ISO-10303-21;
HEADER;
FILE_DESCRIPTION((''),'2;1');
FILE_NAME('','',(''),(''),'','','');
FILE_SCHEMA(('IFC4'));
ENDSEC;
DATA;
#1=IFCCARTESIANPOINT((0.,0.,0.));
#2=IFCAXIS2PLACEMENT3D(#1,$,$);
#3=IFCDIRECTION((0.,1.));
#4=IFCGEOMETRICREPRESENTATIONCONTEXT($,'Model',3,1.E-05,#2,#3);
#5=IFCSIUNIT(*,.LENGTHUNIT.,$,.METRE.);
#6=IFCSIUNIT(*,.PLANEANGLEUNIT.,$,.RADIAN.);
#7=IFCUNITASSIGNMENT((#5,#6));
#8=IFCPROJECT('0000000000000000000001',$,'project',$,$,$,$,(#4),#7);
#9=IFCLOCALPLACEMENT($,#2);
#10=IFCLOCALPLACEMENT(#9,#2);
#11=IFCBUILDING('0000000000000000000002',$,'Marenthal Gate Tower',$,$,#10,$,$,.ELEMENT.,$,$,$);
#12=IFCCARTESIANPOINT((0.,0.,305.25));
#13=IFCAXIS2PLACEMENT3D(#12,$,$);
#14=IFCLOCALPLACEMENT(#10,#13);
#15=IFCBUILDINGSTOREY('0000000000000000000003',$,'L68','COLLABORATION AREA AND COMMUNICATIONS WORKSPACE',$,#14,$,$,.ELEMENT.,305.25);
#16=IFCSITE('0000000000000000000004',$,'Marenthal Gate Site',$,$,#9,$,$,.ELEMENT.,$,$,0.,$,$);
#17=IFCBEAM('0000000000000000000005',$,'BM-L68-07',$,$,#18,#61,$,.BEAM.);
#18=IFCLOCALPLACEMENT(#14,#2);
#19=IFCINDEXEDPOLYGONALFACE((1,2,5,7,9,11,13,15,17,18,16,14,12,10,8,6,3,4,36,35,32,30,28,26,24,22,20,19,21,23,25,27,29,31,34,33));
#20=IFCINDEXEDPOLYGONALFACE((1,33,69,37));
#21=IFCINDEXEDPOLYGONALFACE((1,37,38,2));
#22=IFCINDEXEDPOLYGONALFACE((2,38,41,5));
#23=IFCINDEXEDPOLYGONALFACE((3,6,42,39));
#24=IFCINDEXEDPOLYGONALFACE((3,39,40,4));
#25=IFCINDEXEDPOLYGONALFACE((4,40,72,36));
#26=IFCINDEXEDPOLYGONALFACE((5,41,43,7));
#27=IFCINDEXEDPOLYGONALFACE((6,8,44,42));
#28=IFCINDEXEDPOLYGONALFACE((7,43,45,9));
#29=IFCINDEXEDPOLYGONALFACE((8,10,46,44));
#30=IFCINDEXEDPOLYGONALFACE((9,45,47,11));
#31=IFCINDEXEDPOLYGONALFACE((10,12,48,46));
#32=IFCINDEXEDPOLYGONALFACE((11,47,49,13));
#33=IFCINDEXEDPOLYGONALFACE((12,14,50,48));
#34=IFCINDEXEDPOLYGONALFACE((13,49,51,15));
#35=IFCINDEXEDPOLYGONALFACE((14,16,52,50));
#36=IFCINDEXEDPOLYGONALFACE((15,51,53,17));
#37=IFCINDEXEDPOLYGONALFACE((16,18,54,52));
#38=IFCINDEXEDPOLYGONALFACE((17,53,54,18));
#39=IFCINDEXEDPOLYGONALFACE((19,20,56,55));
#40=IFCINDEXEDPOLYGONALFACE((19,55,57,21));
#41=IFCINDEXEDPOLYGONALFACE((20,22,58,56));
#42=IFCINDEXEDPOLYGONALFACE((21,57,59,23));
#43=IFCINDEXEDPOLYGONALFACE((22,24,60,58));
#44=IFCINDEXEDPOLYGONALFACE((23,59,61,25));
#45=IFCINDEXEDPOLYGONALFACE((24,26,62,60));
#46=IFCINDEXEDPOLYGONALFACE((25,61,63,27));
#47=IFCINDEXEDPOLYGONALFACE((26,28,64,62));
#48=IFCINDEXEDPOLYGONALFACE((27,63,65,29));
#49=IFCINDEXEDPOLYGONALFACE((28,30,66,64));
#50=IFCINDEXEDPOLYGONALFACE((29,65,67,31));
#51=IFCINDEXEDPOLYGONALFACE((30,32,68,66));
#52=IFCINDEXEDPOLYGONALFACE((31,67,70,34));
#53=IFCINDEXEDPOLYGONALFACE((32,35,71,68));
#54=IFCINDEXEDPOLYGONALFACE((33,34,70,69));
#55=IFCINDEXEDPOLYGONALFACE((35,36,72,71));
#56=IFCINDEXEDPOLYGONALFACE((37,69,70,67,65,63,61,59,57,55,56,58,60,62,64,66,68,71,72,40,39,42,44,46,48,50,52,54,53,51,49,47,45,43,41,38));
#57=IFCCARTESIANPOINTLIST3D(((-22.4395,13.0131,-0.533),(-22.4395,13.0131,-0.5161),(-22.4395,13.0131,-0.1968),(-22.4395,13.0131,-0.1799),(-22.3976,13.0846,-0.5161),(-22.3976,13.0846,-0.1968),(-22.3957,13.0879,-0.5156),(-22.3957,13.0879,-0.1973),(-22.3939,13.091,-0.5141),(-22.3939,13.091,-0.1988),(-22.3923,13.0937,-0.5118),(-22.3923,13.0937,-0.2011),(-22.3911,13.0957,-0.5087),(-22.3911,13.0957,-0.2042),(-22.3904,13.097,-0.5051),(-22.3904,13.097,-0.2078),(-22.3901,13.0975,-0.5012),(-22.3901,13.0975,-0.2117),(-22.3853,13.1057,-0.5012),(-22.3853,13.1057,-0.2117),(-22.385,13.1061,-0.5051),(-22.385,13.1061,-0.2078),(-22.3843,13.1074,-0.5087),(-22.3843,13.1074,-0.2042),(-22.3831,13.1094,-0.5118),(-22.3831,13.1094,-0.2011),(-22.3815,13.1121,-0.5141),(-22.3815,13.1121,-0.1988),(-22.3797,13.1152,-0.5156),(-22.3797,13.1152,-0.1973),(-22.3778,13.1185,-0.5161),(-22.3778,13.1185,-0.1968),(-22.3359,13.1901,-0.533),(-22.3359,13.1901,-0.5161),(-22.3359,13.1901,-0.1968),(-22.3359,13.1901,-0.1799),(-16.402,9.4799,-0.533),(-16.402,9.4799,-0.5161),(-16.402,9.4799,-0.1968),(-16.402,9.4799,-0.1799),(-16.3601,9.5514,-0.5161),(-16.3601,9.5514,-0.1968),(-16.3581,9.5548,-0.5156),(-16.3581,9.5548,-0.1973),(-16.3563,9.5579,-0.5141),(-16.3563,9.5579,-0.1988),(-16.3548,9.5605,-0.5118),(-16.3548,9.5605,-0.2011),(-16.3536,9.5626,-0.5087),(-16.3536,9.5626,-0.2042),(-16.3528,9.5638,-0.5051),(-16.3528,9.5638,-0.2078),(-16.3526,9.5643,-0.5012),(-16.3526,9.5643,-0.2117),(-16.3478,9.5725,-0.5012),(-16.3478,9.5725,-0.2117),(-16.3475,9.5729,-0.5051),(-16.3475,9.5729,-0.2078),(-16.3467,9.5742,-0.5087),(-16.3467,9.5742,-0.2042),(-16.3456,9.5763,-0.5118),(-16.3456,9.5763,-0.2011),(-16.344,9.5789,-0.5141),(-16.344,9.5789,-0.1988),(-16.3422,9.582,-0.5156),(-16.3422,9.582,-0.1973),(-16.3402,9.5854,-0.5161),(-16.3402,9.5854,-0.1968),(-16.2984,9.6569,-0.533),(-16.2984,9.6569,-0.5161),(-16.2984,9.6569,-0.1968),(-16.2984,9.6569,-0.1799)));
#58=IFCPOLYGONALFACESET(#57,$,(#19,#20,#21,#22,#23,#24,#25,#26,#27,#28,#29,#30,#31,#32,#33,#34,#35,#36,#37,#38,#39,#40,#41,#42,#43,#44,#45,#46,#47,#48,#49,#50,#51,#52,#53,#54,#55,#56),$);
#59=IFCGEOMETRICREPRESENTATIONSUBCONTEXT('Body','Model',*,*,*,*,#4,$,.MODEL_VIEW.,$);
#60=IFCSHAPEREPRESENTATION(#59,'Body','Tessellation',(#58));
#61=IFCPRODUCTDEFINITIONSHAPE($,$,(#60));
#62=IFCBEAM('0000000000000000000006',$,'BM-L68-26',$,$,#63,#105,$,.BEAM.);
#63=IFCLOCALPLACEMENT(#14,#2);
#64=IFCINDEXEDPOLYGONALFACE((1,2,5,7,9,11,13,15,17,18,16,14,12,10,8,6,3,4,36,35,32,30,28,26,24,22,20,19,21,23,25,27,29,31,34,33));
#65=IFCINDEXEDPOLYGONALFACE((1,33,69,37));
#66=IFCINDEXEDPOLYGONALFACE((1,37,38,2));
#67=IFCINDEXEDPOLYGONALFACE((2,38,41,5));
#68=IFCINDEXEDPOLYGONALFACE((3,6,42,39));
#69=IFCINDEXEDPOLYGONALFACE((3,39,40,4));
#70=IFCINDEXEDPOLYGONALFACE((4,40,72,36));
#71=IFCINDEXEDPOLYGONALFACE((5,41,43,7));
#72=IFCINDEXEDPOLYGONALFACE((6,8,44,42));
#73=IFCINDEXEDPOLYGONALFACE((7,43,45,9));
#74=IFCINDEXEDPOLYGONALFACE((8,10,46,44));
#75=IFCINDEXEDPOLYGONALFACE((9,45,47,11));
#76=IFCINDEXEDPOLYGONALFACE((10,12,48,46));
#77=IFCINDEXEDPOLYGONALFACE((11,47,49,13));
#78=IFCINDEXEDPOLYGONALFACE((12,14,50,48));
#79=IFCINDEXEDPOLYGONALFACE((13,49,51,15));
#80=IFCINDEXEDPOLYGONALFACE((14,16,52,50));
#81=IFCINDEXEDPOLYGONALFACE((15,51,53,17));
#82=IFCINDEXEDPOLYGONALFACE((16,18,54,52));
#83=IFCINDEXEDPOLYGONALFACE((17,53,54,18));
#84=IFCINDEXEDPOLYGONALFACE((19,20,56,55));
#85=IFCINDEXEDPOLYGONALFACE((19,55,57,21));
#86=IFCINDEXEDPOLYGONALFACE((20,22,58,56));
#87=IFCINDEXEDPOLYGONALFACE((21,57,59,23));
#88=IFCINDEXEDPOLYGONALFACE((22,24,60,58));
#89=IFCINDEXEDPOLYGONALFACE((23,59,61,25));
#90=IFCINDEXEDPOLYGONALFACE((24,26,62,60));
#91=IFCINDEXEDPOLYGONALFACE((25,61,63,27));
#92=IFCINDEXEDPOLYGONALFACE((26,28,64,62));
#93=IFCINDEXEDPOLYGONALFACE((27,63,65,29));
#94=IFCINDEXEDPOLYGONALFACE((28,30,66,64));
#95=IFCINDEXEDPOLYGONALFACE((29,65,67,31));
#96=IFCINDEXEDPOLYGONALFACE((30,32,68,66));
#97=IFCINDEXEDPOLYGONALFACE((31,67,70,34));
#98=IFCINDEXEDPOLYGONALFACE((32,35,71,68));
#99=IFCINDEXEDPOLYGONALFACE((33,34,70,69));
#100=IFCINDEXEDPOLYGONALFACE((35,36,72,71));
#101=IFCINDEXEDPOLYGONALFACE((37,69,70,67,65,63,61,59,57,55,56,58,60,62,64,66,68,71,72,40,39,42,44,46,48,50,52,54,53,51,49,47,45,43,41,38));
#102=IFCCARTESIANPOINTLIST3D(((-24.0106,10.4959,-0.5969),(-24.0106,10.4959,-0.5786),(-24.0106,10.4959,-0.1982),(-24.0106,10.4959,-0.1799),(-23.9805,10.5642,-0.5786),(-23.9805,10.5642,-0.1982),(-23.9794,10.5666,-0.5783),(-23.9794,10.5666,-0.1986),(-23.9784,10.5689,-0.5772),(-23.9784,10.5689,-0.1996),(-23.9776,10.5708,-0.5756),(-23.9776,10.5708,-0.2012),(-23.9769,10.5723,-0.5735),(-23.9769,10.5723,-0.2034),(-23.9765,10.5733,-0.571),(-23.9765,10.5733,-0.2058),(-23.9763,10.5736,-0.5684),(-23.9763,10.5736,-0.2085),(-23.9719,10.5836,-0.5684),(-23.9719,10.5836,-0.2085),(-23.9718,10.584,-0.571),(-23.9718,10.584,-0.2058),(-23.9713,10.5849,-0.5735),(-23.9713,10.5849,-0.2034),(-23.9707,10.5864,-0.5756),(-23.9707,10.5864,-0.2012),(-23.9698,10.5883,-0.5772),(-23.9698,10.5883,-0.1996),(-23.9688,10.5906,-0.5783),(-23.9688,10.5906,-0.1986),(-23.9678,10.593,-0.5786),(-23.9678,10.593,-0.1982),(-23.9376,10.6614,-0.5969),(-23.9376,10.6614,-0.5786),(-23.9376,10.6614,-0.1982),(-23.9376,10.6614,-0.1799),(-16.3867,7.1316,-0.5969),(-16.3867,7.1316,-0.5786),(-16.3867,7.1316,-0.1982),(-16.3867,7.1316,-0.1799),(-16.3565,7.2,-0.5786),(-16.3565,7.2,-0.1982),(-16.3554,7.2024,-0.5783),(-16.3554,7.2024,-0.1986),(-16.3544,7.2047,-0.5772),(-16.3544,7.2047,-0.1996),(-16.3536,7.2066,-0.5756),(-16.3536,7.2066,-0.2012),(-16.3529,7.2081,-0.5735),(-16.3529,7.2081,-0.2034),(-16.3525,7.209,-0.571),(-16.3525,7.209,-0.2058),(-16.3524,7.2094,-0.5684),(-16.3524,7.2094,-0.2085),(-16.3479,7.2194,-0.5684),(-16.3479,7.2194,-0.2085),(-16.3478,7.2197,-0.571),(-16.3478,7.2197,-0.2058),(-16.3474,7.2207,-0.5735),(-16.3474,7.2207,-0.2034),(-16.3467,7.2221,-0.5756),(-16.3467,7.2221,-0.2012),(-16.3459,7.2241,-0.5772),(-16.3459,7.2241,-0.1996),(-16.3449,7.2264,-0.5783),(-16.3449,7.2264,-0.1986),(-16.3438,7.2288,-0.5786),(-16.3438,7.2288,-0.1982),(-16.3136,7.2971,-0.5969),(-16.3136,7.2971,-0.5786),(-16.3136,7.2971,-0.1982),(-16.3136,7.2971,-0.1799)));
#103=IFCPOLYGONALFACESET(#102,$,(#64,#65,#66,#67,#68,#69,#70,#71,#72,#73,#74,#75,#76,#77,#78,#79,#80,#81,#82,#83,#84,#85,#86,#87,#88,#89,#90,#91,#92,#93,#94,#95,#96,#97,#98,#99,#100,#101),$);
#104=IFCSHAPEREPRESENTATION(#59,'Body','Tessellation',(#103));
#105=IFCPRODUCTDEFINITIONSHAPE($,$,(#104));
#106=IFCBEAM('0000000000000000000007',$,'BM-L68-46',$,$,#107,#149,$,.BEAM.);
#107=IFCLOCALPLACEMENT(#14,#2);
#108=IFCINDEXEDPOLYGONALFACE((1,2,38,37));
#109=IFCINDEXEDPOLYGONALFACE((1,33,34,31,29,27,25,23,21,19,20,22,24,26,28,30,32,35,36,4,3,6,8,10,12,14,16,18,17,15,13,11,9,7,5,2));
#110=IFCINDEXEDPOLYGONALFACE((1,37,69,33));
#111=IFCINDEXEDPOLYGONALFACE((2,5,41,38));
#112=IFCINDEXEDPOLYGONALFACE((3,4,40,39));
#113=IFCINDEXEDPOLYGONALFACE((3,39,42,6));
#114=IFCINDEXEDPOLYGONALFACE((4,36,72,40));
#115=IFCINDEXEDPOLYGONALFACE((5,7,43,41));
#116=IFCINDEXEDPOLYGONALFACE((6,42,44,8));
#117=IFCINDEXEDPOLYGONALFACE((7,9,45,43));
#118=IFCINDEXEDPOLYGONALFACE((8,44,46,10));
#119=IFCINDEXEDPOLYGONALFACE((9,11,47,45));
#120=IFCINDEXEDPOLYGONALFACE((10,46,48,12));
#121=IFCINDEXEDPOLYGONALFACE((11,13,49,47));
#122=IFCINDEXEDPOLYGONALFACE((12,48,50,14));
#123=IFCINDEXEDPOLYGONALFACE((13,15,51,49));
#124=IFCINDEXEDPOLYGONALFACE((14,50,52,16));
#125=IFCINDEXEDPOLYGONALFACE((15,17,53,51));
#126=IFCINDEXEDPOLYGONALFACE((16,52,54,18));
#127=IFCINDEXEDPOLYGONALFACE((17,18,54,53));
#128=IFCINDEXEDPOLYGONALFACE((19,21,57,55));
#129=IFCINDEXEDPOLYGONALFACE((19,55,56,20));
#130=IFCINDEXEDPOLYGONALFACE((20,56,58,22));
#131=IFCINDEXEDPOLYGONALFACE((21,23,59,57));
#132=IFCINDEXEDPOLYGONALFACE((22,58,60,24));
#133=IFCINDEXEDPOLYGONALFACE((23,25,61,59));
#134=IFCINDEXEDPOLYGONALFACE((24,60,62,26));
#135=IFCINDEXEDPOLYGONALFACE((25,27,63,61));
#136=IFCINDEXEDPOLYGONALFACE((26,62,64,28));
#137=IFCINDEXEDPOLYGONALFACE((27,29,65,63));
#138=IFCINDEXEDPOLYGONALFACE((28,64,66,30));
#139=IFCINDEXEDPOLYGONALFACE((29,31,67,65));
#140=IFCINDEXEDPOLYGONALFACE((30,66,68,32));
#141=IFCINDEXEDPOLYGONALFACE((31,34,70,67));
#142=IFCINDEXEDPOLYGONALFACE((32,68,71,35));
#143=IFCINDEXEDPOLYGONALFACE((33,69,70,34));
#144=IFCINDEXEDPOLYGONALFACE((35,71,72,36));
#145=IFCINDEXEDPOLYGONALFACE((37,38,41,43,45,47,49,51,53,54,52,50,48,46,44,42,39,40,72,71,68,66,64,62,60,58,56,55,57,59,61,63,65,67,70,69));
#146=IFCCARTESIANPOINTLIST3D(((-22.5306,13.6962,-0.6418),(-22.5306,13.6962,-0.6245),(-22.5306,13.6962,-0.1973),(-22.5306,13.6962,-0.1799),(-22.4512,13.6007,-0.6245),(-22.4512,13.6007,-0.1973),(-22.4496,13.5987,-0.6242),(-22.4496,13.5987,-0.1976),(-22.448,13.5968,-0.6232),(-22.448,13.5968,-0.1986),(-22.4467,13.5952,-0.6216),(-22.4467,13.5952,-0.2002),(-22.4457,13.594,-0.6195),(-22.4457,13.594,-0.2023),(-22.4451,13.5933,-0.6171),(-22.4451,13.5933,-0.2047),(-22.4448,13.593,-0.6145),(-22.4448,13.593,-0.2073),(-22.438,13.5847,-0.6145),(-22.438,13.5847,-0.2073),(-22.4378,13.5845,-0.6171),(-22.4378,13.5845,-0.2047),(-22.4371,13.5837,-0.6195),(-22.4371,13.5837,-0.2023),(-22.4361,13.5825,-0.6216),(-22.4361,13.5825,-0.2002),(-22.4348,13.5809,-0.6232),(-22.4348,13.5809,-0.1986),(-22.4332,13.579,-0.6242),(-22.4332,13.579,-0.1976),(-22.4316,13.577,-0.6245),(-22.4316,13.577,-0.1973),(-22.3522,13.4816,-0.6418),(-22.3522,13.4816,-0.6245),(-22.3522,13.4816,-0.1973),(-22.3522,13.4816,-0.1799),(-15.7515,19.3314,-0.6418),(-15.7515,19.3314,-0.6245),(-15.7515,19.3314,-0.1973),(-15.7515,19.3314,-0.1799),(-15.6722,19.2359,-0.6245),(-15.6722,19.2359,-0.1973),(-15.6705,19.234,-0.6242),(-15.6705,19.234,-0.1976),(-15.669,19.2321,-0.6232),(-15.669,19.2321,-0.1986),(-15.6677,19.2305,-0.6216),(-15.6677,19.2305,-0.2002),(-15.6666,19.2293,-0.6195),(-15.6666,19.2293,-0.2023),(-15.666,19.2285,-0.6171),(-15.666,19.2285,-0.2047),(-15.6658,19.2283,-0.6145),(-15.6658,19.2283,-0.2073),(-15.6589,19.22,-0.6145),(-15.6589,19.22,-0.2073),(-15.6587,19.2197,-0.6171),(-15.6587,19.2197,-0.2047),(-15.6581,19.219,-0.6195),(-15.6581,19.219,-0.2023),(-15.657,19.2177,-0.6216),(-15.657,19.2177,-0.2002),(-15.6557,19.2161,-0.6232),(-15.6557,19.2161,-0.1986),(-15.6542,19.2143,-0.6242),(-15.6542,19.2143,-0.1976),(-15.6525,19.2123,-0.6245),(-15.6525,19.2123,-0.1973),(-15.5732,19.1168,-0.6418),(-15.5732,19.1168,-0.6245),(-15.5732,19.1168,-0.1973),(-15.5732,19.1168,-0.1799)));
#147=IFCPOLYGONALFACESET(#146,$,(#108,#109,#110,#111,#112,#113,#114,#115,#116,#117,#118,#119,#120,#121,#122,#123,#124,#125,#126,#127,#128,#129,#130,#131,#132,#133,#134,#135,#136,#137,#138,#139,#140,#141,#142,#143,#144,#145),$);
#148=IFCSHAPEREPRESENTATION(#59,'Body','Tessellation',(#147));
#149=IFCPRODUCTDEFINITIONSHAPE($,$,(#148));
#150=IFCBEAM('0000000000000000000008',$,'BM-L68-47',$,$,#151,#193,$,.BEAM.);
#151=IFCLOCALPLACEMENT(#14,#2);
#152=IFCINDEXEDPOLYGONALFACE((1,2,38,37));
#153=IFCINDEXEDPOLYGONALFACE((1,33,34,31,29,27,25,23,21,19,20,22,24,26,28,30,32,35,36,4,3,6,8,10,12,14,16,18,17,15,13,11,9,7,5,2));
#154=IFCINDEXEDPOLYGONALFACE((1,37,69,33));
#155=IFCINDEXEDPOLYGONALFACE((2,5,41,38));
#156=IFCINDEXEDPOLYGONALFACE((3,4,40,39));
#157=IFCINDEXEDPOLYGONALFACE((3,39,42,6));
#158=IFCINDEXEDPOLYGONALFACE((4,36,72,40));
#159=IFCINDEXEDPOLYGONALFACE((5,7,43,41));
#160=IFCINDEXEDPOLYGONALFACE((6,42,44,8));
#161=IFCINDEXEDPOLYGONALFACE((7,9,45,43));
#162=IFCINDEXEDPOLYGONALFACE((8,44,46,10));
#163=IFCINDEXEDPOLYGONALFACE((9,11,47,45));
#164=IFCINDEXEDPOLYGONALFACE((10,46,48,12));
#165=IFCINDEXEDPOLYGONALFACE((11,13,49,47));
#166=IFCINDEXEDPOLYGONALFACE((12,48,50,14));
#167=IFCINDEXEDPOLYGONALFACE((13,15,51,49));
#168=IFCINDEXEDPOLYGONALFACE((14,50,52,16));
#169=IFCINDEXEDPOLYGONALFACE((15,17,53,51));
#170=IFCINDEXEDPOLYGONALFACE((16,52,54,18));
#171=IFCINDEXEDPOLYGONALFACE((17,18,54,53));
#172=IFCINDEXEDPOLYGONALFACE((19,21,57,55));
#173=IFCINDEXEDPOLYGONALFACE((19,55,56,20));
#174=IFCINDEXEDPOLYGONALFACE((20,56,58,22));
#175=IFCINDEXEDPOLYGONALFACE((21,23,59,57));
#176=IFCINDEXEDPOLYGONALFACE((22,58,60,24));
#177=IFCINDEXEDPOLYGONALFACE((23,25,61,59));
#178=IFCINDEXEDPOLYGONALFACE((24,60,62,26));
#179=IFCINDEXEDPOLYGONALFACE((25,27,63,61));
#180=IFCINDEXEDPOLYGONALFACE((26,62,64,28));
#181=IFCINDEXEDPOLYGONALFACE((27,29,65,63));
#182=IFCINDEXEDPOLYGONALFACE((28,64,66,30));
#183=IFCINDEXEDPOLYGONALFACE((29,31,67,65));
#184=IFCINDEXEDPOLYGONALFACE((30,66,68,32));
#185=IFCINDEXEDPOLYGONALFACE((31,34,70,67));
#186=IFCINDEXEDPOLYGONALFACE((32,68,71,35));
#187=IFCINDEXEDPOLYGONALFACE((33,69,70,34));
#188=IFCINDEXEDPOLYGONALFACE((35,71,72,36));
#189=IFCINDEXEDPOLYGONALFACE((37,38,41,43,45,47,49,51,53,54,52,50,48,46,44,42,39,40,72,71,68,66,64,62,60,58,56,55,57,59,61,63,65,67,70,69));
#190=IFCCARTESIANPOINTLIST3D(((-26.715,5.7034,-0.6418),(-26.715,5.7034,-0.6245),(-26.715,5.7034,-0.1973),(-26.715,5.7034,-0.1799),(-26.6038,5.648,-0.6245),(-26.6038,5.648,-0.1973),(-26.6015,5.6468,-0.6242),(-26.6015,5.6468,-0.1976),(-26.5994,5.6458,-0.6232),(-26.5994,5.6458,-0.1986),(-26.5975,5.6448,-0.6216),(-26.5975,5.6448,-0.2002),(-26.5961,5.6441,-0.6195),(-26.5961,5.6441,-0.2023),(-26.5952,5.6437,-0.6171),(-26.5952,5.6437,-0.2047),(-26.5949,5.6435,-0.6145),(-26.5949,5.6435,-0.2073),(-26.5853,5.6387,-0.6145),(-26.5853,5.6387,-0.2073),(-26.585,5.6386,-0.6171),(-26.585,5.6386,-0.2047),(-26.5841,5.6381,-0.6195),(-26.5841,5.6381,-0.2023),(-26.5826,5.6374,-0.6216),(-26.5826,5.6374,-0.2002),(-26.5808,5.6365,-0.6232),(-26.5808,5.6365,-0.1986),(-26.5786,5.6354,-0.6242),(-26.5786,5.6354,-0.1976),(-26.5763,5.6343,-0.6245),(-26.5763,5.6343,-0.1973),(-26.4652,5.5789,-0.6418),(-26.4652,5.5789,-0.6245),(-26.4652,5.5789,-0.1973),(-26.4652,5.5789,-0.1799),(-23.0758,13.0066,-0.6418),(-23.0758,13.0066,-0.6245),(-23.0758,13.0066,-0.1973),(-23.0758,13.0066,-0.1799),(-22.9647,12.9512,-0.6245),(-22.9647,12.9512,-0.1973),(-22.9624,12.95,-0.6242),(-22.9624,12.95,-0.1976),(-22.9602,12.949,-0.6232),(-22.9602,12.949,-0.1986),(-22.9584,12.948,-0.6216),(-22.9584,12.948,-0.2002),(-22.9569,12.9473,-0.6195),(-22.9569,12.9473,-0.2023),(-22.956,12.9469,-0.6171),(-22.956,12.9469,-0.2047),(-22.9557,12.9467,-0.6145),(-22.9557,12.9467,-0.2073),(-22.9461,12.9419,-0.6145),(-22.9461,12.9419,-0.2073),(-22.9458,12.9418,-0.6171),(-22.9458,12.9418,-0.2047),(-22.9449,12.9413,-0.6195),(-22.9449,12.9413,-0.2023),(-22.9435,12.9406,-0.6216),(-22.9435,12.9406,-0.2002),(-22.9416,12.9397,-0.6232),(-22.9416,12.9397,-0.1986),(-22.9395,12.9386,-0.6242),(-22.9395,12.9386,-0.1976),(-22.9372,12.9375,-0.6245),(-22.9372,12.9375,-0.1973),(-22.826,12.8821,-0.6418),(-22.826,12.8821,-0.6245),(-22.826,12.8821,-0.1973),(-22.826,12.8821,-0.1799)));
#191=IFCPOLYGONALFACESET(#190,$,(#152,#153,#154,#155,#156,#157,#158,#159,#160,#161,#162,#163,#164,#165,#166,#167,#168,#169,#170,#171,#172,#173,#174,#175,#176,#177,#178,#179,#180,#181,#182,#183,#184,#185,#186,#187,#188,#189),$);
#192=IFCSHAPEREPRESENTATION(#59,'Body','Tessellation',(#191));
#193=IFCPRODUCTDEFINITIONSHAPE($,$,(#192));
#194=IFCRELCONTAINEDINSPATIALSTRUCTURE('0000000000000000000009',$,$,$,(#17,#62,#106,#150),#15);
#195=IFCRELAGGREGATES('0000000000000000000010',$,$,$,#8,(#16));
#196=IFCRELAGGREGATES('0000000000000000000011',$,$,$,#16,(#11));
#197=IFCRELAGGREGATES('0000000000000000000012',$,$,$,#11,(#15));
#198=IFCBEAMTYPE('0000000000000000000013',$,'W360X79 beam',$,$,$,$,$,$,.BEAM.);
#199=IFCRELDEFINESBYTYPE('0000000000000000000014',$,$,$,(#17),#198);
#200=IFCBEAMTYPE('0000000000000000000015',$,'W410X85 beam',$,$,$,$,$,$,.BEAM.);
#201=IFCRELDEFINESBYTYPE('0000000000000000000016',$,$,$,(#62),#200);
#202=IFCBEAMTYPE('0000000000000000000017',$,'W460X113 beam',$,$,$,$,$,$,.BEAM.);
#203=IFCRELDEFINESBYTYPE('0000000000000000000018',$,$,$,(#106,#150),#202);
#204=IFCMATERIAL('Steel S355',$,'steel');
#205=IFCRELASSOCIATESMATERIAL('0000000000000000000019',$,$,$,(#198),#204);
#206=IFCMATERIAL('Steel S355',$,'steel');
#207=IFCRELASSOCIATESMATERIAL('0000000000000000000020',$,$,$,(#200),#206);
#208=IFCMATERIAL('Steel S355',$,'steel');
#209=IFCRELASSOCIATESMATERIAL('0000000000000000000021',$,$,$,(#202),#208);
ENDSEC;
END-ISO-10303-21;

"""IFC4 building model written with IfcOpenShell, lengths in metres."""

from ifc_helpers import new_model, si_unit, direction, frame, origin, origin_2d, place, context, subcontext, project, spatial, i_section, extrude, material, material_profile, profile_set, type_object, element, save


model = new_model("IFC4")

# Units and contexts
model_context = context("Model", 3, precision=1e-05, world=origin(), true_north=direction((0.0, 1.0)))
body_context = subcontext(model_context, "Body", "Model", "MODEL_VIEW")
ifc_project = project(units=[si_unit("LENGTHUNIT", "METRE"), si_unit("PLANEANGLEUNIT", "RADIAN")], contexts=[model_context])

# Site, building, storey
site_placement = place(None, origin())
site = spatial("IfcSite", under=ifc_project, at=site_placement, Name="Marenthal Gate Site", CompositionType="ELEMENT", RefElevation=0.0)
building_placement = place(site_placement, origin())
building = spatial("IfcBuilding", under=site, at=building_placement, Name="Marenthal Gate Tower", CompositionType="ELEMENT")
storey_placement = place(building_placement, frame((0.0, 0.0, 305.25)))
storey = spatial("IfcBuildingStorey", under=building, at=storey_placement, Name="L68", Description="COLLABORATION AREA AND COMMUNICATIONS WORKSPACE", CompositionType="ELEMENT", Elevation=305.25)

# Beams
ifc_material_1 = material(Name="Steel S355", Category="steel")
ifc_material_profile_1 = material_profile(ifc_material_1, i_section(OverallWidth=0.2051, OverallDepth=0.353, WebThickness=0.0095, FlangeThickness=0.0168, FilletRadius=0.0149, at=origin_2d()), Name="W360X79")
ifc_profile_set_1 = profile_set([ifc_material_profile_1], Name="Steel S355")
beam_type_1 = type_object("IfcBeamType", Name="W360X79 beam", PredefinedType="BEAM", material=ifc_profile_set_1)
beam_1_placement = place(storey_placement, frame((-22.3877, 13.1016, -0.3564), z_axis=(0.863077, -0.505073, 0.0), x_axis=(0.505073, 0.863077, 0.0)))
element("IfcBeam", 1, at=beam_1_placement, inside=storey, type_object=beam_type_1, Name="BM-L68-07", PredefinedType="BEAM", context=body_context, shape_type="SweptSolid", body=[
    extrude(i_section(OverallWidth=0.2051, OverallDepth=0.353, WebThickness=0.0095, FlangeThickness=0.0168, FilletRadius=0.0149, at=origin_2d()), origin(), (0.0, 0.0, 1.0), 6.9954),
])
ifc_material_2 = material(Name="Steel S355", Category="steel")
ifc_material_profile_2 = material_profile(ifc_material_2, i_section(OverallWidth=0.1809, OverallDepth=0.417, WebThickness=0.011, FlangeThickness=0.0183, FilletRadius=0.0103, at=origin_2d()), Name="W410X85")
ifc_profile_set_2 = profile_set([ifc_material_profile_2], Name="Steel S355")
beam_type_2 = type_object("IfcBeamType", Name="W410X85 beam", PredefinedType="BEAM", material=ifc_profile_set_2)
beam_2_placement = place(storey_placement, frame((-23.9741, 10.5786, -0.3884), z_axis=(0.914886, -0.403712, 0.0), x_axis=(0.403712, 0.914886, 0.0)))
element("IfcBeam", 2, at=beam_2_placement, inside=storey, type_object=beam_type_2, Name="BM-L68-26", PredefinedType="BEAM", context=body_context, shape_type="SweptSolid", body=[
    extrude(i_section(OverallWidth=0.1809, OverallDepth=0.417, WebThickness=0.011, FlangeThickness=0.0183, FilletRadius=0.0103, at=origin_2d()), origin(), (0.0, 0.0, 1.0), 8.3333),
])
ifc_material_3 = material(Name="Steel S355", Category="steel")
ifc_material_profile_3 = material_profile(ifc_material_3, i_section(OverallWidth=0.2791, OverallDepth=0.4619, WebThickness=0.0107, FlangeThickness=0.0173, FilletRadius=0.01, at=origin_2d()), Name="W460X113")
ifc_profile_set_3 = profile_set([ifc_material_profile_3], Name="Steel S355")
beam_type_3 = type_object("IfcBeamType", Name="W460X113 beam", PredefinedType="BEAM", material=ifc_profile_set_3)
beam_3_placement = place(storey_placement, frame((-15.6624, 19.2241, -0.4109), z_axis=(-0.768999, -0.63925, 0.0), x_axis=(0.63925, -0.768999, 0.0)))
element("IfcBeam", 3, at=beam_3_placement, inside=storey, type_object=beam_type_3, Name="BM-L68-46", PredefinedType="BEAM", context=body_context, shape_type="SweptSolid", body=[
    extrude(i_section(OverallWidth=0.2791, OverallDepth=0.4619, WebThickness=0.0107, FlangeThickness=0.0173, FilletRadius=0.01, at=origin_2d()), origin(), (0.0, 0.0, 1.0), 8.8154),
])
beam_4_placement = place(storey_placement, frame((-22.9509, 12.9443, -0.4109), z_axis=(-0.445992, -0.895037, 0.0), x_axis=(0.895037, -0.445992, 0.0)))
element("IfcBeam", 4, at=beam_4_placement, inside=storey, type_object=beam_type_3, Name="BM-L68-47", PredefinedType="BEAM", context=body_context, shape_type="SweptSolid", body=[
    extrude(i_section(OverallWidth=0.2791, OverallDepth=0.4619, WebThickness=0.0107, FlangeThickness=0.0173, FilletRadius=0.01, at=origin_2d()), origin(), (0.0, 0.0, 1.0), 8.1597),
])

save(model, "model.ifc")
